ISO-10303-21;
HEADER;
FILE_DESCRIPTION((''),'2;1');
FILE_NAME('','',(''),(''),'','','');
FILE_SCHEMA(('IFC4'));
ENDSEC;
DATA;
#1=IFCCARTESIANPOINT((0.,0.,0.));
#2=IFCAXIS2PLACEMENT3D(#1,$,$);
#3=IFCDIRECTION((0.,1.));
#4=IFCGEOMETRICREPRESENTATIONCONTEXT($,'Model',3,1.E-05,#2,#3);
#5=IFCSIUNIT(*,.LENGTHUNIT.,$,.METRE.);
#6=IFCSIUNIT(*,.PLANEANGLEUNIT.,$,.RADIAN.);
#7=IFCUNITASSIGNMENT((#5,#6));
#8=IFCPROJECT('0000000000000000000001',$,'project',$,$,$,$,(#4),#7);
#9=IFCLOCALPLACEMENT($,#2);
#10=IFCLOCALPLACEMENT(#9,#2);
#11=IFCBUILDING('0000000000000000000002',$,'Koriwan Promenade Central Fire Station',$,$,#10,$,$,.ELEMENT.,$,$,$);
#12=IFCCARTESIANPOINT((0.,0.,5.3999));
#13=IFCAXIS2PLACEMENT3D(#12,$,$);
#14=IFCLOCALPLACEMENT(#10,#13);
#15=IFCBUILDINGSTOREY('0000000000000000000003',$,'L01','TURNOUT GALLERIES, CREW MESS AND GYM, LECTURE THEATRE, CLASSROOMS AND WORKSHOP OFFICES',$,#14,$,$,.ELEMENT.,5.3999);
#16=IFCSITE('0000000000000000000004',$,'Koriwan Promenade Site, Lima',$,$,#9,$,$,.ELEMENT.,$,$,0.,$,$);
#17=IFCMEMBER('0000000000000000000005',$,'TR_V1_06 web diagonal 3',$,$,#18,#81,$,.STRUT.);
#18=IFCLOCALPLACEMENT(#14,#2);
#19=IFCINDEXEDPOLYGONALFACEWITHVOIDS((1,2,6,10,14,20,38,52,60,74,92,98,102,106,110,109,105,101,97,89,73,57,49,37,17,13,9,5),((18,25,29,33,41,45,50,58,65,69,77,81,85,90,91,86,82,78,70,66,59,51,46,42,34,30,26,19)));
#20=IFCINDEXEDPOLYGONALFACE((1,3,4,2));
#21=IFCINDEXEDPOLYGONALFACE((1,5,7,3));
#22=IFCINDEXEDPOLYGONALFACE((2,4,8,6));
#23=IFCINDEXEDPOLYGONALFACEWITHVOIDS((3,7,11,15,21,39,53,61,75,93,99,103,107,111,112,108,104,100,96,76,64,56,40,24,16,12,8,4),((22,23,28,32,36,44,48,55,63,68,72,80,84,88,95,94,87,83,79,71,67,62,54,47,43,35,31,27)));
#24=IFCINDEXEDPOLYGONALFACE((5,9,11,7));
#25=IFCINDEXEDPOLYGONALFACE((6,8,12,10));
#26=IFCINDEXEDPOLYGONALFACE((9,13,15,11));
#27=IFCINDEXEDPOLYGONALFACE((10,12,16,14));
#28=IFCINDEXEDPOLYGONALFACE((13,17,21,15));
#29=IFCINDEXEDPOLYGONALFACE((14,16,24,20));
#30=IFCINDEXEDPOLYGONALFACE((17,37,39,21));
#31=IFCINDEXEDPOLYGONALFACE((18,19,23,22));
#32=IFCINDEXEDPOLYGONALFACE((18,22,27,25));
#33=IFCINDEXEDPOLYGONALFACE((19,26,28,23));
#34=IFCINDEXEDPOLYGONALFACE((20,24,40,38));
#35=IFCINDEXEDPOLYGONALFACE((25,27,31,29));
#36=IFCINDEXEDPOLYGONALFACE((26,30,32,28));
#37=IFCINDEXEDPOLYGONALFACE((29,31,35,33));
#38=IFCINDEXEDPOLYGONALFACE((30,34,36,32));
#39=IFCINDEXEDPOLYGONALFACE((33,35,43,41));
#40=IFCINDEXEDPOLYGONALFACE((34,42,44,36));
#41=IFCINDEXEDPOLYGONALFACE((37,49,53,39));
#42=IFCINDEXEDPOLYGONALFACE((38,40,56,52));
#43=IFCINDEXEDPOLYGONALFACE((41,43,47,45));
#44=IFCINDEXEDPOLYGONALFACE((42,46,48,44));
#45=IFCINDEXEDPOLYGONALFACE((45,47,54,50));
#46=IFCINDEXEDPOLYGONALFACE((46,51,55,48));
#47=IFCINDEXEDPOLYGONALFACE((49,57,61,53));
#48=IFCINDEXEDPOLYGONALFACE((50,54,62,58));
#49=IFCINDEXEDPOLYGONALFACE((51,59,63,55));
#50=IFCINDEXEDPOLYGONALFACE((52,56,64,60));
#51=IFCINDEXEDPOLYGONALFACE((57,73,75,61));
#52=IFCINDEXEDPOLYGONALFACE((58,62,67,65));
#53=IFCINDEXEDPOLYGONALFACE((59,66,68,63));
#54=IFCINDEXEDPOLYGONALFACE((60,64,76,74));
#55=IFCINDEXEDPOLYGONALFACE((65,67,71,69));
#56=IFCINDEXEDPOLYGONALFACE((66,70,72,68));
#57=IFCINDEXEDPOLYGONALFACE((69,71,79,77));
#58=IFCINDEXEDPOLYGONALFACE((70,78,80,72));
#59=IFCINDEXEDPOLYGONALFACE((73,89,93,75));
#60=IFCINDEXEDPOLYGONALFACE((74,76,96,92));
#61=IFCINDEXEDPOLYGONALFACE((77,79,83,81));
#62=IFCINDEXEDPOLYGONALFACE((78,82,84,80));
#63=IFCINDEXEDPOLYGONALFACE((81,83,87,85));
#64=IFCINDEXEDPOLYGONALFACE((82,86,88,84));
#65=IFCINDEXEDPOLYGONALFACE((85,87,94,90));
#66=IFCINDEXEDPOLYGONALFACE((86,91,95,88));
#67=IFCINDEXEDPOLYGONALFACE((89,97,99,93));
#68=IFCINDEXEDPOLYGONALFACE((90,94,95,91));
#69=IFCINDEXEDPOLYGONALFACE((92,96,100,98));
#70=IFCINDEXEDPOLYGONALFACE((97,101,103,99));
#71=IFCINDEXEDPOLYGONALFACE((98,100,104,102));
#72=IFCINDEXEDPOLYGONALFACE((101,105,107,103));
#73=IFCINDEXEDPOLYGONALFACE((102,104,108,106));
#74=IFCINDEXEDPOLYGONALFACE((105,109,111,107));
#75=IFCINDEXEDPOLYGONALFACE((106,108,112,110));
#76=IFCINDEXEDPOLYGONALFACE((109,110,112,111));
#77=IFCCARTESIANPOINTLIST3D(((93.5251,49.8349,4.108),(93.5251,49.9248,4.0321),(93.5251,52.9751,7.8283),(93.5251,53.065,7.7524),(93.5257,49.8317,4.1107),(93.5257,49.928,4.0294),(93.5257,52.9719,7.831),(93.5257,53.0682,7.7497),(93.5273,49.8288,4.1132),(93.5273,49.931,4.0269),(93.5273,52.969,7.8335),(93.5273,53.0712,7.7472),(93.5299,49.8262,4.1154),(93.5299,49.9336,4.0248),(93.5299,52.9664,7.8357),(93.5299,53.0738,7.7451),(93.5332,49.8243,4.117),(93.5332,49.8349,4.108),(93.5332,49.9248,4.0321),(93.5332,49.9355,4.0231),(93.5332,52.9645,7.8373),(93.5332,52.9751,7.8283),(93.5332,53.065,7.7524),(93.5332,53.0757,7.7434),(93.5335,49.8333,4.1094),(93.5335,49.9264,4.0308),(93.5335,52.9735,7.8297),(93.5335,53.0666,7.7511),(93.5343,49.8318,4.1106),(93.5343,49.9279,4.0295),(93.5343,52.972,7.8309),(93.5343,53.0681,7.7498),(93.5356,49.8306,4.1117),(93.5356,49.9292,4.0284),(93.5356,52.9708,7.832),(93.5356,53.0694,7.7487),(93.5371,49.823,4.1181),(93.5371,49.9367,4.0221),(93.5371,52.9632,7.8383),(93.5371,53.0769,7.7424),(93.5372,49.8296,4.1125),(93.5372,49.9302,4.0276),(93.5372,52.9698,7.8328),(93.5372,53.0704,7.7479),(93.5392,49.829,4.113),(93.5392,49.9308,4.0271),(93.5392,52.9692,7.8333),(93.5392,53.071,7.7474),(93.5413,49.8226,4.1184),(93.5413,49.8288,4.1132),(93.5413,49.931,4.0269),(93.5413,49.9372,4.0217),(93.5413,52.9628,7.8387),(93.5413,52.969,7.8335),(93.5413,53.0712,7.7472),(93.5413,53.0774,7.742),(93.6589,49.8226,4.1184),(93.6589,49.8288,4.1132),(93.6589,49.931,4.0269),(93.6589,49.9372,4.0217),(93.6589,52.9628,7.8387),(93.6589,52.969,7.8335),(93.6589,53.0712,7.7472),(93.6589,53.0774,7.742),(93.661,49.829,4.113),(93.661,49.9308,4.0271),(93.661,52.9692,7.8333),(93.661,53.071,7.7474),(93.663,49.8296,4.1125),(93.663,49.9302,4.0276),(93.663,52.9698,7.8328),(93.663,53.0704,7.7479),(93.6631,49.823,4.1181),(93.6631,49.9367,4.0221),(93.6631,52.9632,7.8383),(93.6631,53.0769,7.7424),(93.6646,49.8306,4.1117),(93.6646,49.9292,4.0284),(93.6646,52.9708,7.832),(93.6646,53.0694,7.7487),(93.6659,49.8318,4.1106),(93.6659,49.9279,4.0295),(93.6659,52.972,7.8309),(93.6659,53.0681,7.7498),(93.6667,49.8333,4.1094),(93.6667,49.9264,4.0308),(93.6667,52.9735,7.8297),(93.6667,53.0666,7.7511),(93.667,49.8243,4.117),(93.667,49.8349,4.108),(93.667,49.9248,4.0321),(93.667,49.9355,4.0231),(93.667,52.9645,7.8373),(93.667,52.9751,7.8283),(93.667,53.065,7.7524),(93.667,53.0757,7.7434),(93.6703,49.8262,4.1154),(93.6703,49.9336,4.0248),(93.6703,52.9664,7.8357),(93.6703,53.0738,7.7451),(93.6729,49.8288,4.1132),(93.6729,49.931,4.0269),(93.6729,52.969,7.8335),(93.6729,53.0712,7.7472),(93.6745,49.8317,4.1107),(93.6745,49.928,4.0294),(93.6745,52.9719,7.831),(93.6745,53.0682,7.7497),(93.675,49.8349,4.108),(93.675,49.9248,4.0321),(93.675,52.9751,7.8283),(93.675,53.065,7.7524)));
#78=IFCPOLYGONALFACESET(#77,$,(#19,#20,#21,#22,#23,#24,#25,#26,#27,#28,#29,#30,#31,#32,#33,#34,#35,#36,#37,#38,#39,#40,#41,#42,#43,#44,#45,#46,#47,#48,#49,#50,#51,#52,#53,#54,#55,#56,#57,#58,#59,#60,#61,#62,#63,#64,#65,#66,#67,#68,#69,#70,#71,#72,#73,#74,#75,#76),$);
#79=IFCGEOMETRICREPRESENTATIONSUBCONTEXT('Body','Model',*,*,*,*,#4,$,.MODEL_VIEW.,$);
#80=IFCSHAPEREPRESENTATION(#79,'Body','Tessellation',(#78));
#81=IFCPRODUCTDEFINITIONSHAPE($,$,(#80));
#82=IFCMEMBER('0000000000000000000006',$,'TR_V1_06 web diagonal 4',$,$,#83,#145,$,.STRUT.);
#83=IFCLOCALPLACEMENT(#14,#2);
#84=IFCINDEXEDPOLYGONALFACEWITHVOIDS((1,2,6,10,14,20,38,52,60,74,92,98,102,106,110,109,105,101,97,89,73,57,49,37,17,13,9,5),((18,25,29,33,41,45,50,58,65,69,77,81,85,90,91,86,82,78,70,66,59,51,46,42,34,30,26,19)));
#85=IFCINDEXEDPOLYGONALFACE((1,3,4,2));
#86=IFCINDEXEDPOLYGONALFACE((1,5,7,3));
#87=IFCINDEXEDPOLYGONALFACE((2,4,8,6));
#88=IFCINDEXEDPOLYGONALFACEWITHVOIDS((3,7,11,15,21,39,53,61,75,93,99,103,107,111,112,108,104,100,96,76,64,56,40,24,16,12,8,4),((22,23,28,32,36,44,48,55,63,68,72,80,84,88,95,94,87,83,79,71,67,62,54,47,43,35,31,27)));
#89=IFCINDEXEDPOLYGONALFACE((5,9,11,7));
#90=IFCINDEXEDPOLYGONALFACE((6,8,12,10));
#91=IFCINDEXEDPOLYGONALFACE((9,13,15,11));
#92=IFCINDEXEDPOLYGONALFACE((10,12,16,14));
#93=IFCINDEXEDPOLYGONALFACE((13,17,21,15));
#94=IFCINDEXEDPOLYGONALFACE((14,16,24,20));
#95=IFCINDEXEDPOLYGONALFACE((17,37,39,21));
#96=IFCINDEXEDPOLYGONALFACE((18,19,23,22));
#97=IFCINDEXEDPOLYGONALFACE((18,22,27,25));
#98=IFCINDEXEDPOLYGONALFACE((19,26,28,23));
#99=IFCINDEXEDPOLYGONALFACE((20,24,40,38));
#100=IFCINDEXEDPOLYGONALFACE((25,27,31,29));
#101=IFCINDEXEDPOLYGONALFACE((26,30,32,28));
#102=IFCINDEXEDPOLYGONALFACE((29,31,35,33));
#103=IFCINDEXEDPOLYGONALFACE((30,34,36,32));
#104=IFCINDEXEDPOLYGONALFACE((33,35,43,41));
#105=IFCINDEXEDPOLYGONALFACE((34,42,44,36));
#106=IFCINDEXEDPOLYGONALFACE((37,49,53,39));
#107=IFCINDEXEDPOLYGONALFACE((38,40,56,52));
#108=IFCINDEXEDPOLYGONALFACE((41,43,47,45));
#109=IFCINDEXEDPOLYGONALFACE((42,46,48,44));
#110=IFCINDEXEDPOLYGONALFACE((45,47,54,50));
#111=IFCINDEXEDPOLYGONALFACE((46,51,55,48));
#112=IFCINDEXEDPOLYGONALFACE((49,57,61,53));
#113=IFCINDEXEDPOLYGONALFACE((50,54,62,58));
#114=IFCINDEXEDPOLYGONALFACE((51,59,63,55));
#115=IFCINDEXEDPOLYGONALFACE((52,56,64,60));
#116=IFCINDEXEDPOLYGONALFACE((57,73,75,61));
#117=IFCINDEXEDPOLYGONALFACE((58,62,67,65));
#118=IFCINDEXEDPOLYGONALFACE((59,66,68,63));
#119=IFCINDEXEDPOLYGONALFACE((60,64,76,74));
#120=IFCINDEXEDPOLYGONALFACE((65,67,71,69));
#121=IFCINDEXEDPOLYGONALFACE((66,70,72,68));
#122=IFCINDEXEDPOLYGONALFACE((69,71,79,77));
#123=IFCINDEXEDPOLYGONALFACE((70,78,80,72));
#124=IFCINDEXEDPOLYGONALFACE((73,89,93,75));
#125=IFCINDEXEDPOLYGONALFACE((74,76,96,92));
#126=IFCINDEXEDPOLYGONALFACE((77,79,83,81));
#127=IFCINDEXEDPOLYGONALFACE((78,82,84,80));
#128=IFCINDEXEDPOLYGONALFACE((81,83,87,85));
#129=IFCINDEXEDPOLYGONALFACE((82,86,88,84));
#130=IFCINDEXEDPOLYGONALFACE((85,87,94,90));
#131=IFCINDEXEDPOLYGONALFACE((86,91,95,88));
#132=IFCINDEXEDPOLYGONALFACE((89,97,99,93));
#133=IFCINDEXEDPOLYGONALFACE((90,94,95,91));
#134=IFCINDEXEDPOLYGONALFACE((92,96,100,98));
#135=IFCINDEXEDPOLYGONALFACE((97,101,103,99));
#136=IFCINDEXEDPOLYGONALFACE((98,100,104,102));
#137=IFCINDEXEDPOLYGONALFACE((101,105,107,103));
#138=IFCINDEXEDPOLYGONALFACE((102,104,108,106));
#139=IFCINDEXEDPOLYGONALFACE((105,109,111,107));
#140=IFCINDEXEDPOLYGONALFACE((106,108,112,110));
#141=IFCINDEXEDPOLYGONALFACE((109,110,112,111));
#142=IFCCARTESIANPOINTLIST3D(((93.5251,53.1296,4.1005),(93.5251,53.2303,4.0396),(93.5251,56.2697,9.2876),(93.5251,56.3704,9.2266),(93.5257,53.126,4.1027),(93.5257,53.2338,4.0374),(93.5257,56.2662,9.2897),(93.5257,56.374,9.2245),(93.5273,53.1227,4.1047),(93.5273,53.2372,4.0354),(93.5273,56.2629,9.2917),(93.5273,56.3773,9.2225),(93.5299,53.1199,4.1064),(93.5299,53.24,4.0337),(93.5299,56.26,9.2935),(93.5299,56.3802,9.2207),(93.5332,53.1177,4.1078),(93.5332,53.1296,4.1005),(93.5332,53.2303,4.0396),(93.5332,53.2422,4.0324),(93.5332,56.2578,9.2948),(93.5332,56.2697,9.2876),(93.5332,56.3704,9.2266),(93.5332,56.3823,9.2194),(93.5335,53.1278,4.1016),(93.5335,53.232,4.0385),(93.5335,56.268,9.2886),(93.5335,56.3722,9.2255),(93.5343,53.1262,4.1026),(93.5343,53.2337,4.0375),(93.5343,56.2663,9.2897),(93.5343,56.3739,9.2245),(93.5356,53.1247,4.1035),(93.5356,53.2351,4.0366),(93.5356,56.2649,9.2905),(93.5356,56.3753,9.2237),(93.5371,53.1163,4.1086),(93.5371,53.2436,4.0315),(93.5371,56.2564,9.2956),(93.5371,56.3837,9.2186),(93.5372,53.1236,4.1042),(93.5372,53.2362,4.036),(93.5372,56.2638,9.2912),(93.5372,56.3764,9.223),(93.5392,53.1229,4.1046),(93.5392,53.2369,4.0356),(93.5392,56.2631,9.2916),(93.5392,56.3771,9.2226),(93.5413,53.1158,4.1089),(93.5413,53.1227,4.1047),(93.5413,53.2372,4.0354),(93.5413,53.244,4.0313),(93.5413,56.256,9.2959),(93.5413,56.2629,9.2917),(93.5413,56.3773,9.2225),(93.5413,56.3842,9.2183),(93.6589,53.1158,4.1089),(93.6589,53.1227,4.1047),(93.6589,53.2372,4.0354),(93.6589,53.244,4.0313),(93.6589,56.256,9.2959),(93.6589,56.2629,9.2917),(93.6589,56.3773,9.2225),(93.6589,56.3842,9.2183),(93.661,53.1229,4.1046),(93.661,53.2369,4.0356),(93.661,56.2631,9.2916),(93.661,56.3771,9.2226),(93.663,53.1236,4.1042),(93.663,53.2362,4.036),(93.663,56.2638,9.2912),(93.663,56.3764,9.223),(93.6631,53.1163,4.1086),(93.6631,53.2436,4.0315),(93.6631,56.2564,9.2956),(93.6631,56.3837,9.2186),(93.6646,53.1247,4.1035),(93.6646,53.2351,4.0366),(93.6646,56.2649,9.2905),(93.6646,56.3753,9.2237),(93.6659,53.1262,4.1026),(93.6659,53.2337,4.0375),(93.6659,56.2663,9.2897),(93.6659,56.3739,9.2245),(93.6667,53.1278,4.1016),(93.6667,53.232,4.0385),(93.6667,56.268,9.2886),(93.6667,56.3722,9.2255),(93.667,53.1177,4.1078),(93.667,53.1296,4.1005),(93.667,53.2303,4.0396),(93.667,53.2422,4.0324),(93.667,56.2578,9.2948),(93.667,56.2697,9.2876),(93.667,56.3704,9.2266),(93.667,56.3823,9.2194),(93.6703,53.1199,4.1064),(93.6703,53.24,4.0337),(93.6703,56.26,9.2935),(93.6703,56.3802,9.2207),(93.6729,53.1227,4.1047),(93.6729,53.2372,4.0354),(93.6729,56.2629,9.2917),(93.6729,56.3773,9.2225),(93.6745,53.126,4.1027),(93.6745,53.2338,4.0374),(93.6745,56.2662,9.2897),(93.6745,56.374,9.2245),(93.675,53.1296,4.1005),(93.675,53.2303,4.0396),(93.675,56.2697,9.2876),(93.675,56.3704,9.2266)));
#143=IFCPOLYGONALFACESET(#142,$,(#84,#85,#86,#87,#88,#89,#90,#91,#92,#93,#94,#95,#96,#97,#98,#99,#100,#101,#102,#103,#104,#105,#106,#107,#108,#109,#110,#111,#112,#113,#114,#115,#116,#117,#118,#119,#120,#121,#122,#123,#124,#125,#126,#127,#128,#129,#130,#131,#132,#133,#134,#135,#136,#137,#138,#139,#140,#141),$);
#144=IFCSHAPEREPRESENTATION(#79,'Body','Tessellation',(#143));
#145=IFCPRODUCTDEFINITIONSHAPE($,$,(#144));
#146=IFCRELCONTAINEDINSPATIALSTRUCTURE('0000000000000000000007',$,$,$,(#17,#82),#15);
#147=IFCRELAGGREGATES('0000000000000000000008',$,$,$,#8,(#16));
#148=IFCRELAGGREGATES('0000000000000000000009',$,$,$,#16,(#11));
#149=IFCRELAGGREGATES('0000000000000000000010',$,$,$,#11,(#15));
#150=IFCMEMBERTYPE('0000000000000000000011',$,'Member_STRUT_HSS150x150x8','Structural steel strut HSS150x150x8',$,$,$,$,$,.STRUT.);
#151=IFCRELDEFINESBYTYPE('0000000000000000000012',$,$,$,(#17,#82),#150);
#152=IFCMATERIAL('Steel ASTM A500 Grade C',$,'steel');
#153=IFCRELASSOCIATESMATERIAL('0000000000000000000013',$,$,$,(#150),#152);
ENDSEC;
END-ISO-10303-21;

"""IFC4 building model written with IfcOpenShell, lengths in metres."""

from ifc_helpers import new_model, si_unit, direction, frame, origin, origin_2d, place, context, subcontext, project, spatial, hollow_rectangle, extrude, material, material_profile, profile_set, type_object, element, save


model = new_model("IFC4")

# Units and contexts
model_context = context("Model", 3, precision=1e-05, world=origin(), true_north=direction((0.0, 1.0)))
body_context = subcontext(model_context, "Body", "Model", "MODEL_VIEW")
ifc_project = project(units=[si_unit("LENGTHUNIT", "METRE"), si_unit("PLANEANGLEUNIT", "RADIAN")], contexts=[model_context])

# Site, building, storey
site_placement = place(None, origin())
site = spatial("IfcSite", under=ifc_project, at=site_placement, Name="Koriwan Promenade Site, Lima", CompositionType="ELEMENT", RefElevation=0.0)
building_placement = place(site_placement, origin())
building = spatial("IfcBuilding", under=site, at=building_placement, Name="Koriwan Promenade Central Fire Station", CompositionType="ELEMENT")
storey_placement = place(building_placement, frame((0.0, 0.0, 5.3999)))
storey = spatial("IfcBuildingStorey", under=building, at=storey_placement, Name="L01", Description="TURNOUT GALLERIES, CREW MESS AND GYM, LECTURE THEATRE, CLASSROOMS AND WORKSHOP OFFICES", CompositionType="ELEMENT", Elevation=5.3999)

# Members
ifc_material_1 = material(Name="Steel ASTM A500 Grade C", Category="steel")
ifc_material_profile_1 = material_profile(ifc_material_1, hollow_rectangle(XDim=0.1499, YDim=0.1499, WallThickness=0.0081, InnerFilletRadius=0.0081, OuterFilletRadius=0.0161, at=origin_2d()), Name="HSS150x150x8")
ifc_profile_set_1 = profile_set([ifc_material_profile_1], Name="Steel ASTM A500 Grade C")
member_type_1 = type_object("IfcMemberType", Name="Member_STRUT_HSS150x150x8", Description="Structural steel strut HSS150x150x8", PredefinedType="STRUT", material=ifc_profile_set_1)
member_1_placement = place(storey_placement, frame((93.6001, 49.8799, 4.0701), z_axis=(0.0, 0.645016, 0.764169), x_axis=(-1.0, 0.0, 0.0)))
element("IfcMember", 1, at=member_1_placement, inside=storey, type_object=member_type_1, Name="TR_V1_06 web diagonal 3", PredefinedType="STRUT", context=body_context, shape_type="SweptSolid", body=[
    extrude(hollow_rectangle(XDim=0.1499, YDim=0.1499, WallThickness=0.0081, InnerFilletRadius=0.0081, OuterFilletRadius=0.0161, at=origin_2d()), origin(), (0.0, 0.0, 1.0), 4.8684),
])
member_2_placement = place(storey_placement, frame((93.6001, 53.1799, 4.0701), z_axis=(0.0, 0.517879, 0.855454), x_axis=(-1.0, 0.0, 0.0)))
element("IfcMember", 2, at=member_2_placement, inside=storey, type_object=member_type_1, Name="TR_V1_06 web diagonal 4", PredefinedType="STRUT", context=body_context, shape_type="SweptSolid", body=[
    extrude(hollow_rectangle(XDim=0.1499, YDim=0.1499, WallThickness=0.0081, InnerFilletRadius=0.0081, OuterFilletRadius=0.0161, at=origin_2d()), origin(), (0.0, 0.0, 1.0), 6.0635),
])

save(model, "model.ifc")
